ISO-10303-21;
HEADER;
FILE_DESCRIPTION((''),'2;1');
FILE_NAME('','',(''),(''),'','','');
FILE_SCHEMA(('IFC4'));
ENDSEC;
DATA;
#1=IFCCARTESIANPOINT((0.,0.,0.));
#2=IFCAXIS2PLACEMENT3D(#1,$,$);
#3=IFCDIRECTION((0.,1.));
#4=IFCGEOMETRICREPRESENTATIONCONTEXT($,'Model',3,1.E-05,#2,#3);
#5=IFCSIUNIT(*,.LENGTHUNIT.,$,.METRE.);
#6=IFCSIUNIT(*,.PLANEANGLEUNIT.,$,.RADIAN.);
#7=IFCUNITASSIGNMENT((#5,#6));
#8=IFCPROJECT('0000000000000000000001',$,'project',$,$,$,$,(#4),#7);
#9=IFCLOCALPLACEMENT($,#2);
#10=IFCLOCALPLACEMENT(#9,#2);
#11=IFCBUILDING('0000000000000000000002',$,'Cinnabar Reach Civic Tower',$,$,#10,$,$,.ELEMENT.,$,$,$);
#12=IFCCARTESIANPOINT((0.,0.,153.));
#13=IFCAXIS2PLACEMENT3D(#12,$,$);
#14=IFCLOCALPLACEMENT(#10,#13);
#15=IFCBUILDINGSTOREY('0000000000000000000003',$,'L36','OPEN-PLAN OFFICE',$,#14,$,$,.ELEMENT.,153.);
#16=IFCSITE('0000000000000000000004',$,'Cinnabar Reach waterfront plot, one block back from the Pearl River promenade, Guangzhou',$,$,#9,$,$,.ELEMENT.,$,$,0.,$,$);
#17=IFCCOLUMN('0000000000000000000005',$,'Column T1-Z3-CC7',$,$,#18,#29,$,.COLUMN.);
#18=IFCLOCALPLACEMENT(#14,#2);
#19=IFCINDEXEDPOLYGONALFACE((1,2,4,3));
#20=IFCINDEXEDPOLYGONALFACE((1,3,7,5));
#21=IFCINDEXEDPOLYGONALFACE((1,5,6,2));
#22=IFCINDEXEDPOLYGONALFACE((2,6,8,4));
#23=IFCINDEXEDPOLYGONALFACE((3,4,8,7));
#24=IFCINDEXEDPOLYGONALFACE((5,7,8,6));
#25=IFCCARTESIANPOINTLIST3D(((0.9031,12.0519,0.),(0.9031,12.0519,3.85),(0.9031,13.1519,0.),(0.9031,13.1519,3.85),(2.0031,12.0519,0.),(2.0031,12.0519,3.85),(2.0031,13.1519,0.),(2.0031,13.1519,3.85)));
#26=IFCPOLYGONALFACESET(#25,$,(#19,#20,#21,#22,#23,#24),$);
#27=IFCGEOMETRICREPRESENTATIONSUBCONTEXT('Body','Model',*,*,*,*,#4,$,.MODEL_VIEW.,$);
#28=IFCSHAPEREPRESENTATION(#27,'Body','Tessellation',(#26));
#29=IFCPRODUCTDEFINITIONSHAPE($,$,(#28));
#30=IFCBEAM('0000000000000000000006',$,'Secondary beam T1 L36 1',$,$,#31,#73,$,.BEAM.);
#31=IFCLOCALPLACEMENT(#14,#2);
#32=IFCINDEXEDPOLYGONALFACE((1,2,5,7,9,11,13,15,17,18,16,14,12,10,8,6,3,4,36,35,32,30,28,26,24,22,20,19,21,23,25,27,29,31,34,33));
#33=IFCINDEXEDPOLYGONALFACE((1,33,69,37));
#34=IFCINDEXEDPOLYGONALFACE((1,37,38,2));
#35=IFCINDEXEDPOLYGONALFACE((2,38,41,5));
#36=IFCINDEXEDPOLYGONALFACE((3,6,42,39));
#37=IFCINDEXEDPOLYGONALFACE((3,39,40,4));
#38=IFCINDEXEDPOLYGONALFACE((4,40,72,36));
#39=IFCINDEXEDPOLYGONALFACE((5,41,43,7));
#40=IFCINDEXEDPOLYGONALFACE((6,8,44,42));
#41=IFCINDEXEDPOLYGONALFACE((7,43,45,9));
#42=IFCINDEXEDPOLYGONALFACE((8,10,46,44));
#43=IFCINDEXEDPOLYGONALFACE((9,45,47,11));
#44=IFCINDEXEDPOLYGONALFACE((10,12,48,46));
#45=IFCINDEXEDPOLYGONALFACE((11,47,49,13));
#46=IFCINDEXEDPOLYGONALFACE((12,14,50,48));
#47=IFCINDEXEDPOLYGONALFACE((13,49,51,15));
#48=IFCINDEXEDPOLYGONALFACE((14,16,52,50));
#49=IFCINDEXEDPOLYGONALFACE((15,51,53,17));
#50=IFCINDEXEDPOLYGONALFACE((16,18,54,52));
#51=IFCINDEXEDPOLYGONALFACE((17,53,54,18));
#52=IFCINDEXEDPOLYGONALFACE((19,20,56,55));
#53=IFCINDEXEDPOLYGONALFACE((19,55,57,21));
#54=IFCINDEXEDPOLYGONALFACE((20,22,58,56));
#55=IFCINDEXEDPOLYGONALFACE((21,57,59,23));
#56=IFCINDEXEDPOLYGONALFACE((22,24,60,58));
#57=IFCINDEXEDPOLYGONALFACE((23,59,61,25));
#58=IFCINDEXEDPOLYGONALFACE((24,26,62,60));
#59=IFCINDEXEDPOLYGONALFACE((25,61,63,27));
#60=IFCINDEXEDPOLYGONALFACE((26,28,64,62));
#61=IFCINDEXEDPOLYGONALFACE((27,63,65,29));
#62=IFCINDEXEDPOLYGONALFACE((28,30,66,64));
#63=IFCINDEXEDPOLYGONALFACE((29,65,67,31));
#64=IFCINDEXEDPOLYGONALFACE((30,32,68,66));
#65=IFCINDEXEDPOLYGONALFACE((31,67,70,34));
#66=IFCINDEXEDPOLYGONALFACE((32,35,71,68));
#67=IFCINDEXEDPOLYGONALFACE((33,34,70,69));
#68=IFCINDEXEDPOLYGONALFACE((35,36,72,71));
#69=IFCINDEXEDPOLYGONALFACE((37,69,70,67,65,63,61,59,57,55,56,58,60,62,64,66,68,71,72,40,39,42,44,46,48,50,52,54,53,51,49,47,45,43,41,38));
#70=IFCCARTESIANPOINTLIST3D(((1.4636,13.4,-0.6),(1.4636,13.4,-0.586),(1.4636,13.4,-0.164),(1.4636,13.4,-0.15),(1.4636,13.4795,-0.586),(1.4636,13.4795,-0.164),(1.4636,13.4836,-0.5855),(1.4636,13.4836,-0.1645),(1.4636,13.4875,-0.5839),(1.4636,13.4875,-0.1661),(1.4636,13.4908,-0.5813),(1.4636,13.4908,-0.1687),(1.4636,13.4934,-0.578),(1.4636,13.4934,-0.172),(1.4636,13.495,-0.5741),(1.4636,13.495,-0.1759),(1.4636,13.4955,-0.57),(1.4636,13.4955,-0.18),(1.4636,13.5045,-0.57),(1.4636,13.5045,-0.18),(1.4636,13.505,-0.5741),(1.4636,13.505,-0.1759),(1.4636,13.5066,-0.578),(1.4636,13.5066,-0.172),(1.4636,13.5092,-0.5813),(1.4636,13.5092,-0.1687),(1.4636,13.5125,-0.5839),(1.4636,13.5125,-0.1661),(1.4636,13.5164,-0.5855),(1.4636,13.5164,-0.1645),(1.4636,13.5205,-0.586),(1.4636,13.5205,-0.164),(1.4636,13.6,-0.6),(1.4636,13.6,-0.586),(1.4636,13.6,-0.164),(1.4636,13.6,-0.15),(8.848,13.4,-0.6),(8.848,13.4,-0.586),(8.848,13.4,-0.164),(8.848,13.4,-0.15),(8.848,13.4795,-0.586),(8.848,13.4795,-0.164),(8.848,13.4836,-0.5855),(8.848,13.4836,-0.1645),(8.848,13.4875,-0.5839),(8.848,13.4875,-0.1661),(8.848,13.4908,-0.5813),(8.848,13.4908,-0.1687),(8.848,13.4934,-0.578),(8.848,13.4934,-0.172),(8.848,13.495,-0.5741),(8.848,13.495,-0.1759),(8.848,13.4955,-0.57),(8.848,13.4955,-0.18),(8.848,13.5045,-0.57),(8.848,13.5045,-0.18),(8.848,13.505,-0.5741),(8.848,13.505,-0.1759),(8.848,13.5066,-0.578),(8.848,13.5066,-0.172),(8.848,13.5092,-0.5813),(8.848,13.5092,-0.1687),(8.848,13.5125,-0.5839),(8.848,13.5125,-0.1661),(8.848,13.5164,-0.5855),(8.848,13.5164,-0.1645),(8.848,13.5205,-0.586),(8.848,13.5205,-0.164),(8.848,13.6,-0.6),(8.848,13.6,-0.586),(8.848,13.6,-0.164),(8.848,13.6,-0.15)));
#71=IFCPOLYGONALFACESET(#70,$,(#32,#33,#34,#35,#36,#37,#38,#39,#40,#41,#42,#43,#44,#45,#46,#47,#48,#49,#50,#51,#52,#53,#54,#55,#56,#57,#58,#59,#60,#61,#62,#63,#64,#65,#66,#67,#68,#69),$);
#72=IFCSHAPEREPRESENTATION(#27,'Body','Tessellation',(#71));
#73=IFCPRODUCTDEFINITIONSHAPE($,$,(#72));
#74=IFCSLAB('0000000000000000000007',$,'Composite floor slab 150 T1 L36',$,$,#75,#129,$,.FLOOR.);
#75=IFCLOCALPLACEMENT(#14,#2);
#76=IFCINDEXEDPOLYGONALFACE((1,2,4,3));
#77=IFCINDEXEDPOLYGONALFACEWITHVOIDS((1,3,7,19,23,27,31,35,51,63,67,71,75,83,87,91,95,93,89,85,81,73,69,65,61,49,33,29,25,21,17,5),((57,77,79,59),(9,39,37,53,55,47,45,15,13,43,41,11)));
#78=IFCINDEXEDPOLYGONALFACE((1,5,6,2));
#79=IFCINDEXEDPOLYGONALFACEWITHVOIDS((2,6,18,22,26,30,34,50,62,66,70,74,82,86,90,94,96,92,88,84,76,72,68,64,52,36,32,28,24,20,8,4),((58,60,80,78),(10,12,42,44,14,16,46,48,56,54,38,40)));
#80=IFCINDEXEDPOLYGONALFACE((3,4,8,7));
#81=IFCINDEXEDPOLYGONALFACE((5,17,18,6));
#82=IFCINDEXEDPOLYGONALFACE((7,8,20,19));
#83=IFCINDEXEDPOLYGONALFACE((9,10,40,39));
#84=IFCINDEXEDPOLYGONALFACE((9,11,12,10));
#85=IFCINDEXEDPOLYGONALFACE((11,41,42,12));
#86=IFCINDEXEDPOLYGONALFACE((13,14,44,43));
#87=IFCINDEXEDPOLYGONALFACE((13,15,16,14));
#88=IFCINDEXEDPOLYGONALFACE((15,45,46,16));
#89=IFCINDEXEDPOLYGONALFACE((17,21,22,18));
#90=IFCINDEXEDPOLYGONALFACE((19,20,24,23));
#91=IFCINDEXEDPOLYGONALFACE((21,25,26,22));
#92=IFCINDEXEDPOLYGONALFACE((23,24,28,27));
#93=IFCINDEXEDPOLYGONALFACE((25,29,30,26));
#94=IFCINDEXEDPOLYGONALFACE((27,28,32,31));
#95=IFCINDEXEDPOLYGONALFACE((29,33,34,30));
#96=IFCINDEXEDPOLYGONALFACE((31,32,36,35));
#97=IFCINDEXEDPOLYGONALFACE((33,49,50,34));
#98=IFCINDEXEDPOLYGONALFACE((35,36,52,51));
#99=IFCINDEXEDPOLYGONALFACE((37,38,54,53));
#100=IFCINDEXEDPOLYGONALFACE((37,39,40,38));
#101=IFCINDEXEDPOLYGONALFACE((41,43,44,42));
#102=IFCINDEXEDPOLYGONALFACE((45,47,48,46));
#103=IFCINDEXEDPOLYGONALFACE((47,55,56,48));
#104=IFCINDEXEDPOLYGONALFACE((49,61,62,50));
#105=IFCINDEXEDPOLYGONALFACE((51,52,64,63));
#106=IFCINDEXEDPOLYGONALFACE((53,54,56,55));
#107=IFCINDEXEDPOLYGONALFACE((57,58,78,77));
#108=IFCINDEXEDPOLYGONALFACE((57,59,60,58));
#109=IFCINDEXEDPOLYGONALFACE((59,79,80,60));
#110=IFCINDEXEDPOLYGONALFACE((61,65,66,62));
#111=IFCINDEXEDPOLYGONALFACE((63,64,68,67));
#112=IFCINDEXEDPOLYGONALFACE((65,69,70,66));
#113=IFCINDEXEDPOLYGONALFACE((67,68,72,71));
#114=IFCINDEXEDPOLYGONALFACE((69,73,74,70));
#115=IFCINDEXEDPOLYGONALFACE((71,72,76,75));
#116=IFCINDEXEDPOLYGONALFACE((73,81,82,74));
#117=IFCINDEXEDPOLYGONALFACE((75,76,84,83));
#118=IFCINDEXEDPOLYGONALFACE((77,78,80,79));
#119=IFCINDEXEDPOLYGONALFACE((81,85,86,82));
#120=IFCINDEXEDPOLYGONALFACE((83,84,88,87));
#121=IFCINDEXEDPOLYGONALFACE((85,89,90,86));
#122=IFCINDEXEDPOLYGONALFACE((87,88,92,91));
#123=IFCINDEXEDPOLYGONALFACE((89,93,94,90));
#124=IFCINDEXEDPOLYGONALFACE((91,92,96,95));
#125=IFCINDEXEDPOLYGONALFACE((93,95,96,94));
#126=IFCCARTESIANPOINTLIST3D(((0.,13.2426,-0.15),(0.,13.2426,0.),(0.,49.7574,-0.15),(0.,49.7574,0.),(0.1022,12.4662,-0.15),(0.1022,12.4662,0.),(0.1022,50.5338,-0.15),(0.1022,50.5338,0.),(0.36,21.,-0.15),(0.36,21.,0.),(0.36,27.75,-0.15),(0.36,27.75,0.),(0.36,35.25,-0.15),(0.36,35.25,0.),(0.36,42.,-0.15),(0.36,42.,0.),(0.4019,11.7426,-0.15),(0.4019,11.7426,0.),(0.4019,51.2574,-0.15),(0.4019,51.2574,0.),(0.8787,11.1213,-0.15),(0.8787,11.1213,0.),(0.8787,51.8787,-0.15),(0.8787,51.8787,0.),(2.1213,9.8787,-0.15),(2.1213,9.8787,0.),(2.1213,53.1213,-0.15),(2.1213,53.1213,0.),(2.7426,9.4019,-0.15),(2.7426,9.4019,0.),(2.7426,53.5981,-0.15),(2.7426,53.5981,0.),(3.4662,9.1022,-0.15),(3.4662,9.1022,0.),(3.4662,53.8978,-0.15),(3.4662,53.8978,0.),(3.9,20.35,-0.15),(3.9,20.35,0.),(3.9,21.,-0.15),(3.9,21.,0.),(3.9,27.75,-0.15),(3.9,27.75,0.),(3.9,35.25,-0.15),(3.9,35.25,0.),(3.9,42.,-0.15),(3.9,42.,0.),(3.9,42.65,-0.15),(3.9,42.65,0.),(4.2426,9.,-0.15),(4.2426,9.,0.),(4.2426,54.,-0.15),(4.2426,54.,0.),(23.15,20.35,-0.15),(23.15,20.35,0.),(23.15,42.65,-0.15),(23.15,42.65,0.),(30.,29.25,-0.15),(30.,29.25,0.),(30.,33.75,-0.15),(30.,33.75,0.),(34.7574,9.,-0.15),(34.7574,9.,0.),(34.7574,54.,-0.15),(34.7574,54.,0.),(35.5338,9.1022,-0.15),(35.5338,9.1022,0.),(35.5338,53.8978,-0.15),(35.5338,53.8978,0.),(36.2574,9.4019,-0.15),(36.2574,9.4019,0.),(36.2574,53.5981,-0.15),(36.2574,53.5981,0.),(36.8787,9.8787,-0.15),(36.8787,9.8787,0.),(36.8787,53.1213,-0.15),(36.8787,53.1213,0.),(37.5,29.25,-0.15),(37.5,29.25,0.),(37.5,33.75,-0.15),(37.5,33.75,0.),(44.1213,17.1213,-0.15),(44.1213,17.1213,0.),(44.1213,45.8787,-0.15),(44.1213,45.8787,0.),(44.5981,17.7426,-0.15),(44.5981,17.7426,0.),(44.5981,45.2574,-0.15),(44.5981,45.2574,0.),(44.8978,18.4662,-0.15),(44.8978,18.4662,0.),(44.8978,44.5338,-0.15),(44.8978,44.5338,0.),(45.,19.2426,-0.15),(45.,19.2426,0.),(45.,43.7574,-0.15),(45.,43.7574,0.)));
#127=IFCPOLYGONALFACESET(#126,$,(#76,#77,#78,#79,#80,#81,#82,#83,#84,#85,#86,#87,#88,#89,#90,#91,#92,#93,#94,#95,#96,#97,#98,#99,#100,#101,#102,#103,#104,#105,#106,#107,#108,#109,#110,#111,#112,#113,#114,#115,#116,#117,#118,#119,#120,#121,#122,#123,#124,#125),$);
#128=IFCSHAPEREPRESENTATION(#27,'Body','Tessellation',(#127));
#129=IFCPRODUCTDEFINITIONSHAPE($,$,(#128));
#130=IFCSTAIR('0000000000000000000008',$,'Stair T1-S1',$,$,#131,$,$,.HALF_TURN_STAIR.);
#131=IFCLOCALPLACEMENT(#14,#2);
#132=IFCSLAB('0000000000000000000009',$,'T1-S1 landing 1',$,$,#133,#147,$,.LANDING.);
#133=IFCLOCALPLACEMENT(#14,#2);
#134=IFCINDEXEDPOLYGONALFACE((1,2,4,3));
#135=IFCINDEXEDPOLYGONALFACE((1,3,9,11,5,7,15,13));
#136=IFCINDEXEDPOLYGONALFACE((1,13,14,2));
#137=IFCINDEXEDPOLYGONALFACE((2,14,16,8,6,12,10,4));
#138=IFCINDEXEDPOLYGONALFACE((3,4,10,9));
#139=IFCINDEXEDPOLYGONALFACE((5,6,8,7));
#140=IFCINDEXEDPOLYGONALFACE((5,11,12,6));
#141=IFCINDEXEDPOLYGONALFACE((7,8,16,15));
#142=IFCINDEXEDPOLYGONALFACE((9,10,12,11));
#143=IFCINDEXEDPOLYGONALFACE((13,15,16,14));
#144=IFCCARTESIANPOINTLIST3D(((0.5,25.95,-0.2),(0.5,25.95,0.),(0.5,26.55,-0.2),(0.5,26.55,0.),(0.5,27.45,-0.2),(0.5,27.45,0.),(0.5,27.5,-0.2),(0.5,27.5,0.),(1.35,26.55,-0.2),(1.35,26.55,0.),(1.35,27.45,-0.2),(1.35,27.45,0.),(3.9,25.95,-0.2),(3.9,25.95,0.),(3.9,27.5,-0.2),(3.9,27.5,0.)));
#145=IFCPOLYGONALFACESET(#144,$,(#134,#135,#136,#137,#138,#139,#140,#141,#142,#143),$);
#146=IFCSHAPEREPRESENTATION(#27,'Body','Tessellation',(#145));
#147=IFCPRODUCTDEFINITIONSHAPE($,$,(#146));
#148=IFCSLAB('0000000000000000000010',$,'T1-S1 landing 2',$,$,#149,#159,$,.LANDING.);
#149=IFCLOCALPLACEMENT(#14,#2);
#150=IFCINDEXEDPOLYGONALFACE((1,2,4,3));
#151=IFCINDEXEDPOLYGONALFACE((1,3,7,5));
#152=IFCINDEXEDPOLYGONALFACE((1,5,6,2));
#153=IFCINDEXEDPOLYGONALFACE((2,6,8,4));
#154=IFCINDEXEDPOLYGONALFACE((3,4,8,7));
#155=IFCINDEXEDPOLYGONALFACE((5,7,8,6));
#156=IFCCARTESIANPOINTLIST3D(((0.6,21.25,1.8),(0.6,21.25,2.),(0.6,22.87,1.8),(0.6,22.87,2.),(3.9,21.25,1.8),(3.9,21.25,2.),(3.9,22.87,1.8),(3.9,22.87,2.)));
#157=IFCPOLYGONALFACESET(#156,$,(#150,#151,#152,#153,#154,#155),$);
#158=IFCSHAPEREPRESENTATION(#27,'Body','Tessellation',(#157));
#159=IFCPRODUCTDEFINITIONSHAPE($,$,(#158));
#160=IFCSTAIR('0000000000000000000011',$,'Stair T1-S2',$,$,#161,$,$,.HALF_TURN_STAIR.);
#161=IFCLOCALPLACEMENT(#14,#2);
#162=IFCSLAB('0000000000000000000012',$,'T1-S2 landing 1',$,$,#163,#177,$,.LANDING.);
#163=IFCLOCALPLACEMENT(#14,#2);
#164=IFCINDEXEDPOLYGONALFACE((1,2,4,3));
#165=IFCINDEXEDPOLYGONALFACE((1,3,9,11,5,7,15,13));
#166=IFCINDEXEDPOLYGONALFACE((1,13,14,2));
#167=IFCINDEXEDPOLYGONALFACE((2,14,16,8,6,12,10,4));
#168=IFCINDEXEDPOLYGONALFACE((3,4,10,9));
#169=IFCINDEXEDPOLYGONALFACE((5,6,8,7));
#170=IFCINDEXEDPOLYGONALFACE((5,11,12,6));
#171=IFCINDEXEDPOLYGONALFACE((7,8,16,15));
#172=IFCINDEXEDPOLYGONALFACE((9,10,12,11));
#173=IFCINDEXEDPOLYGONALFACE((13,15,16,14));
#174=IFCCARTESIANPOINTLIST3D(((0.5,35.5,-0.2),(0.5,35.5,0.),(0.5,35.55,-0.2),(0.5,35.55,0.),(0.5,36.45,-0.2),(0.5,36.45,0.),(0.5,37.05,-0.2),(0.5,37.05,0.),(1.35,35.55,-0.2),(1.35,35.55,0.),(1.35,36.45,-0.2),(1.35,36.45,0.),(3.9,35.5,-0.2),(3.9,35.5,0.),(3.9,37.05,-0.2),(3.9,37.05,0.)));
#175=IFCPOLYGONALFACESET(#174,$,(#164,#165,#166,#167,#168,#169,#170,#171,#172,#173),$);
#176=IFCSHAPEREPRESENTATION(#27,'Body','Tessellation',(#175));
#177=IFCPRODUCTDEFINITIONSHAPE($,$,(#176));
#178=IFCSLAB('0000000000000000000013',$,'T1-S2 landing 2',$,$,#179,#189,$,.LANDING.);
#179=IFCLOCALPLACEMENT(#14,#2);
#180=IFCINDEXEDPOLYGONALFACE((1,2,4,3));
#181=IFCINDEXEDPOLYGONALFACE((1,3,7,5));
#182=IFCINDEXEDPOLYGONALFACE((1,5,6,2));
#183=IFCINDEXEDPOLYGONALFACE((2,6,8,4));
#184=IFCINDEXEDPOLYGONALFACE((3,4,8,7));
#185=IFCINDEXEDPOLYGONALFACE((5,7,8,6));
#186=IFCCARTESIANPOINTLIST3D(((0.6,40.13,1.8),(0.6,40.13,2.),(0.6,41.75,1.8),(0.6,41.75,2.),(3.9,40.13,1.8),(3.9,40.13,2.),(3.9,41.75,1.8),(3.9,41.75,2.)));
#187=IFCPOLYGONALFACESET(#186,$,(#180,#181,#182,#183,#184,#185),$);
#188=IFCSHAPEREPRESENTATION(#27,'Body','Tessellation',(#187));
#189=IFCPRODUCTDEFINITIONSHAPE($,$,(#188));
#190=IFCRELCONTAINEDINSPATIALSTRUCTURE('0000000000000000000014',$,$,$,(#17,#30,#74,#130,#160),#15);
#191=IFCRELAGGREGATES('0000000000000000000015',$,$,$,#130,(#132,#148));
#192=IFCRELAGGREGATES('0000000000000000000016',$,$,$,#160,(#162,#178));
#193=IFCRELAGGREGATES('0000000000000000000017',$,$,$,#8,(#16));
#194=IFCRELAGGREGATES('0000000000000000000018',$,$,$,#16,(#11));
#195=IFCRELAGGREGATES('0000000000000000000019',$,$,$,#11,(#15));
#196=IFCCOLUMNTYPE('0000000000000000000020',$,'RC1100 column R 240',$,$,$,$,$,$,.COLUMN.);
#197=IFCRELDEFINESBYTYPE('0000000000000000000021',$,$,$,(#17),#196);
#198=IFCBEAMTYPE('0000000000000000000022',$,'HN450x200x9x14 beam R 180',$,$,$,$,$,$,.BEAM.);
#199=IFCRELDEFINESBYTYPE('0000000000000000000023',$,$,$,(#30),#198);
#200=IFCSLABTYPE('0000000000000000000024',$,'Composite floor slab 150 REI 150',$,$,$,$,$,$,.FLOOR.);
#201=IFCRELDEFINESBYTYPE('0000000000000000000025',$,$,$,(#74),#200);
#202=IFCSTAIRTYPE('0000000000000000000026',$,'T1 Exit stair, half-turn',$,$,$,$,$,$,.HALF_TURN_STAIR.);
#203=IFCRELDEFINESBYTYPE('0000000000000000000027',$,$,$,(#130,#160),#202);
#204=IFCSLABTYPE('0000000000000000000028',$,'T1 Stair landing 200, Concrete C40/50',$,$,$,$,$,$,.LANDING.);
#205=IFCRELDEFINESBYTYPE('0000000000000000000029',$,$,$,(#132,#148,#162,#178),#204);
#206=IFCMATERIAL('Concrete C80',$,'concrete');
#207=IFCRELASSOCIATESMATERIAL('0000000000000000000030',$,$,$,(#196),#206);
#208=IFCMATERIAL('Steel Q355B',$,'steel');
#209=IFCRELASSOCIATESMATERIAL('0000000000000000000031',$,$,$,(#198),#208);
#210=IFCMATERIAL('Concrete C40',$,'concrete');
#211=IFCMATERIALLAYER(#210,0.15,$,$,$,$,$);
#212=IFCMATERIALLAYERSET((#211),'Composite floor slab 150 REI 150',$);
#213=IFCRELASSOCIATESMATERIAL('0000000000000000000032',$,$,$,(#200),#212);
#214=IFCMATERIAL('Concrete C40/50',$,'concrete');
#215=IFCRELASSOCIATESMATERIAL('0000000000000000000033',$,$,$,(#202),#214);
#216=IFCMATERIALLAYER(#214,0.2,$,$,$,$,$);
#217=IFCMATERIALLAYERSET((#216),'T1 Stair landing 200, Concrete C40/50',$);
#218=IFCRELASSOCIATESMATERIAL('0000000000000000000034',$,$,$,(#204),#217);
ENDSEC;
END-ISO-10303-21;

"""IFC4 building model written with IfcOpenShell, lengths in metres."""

from ifc_helpers import new_model, si_unit, direction, frame, origin, origin_2d, place, context, subcontext, project, spatial, polyline, rectangle, i_section, outline, extrude, material, layer, layer_set, material_profile, profile_set, type_object, element, aggregate, save


model = new_model("IFC4")

# Units and contexts
model_context = context("Model", 3, precision=1e-05, world=origin(), true_north=direction((0.0, 1.0)))
body_context = subcontext(model_context, "Body", "Model", "MODEL_VIEW")
ifc_project = project(units=[si_unit("LENGTHUNIT", "METRE"), si_unit("PLANEANGLEUNIT", "RADIAN")], contexts=[model_context])

# Site, building, storey
site_placement = place(None, origin())
site = spatial("IfcSite", under=ifc_project, at=site_placement, Name="Cinnabar Reach waterfront plot, one block back from the Pearl River promenade, Guangzhou", CompositionType="ELEMENT", RefElevation=0.0)
building_placement = place(site_placement, origin())
building = spatial("IfcBuilding", under=site, at=building_placement, Name="Cinnabar Reach Civic Tower", CompositionType="ELEMENT")
storey_placement = place(building_placement, frame((0.0, 0.0, 153.0)))
storey = spatial("IfcBuildingStorey", under=building, at=storey_placement, Name="L36", Description="OPEN-PLAN OFFICE", CompositionType="ELEMENT", Elevation=153.0)

# Column
ifc_material_1 = material(Name="Concrete C80", Category="concrete")
ifc_material_profile_1 = material_profile(ifc_material_1, rectangle(XDim=1.1, YDim=1.1, at=origin_2d()), Name="RC1100")
ifc_profile_set_1 = profile_set([ifc_material_profile_1], Name="Concrete C80")
column_type = type_object("IfcColumnType", Name="RC1100 column R 240", PredefinedType="COLUMN", material=ifc_profile_set_1)
column_placement = place(storey_placement, frame((1.4531, 12.6019, 0.0), z_axis=(0.0, 0.0, 1.0), x_axis=(1.0, 0.0, 0.0)))
element("IfcColumn", 1, at=column_placement, inside=storey, type_object=column_type, Name="Column T1-Z3-CC7", PredefinedType="COLUMN", context=body_context, shape_type="SweptSolid", body=[
    extrude(rectangle(XDim=1.1, YDim=1.1, at=origin_2d()), origin(), (0.0, 0.0, 1.0), 3.85),
])

# Beam
ifc_material_2 = material(Name="Steel Q355B", Category="steel")
ifc_material_profile_2 = material_profile(ifc_material_2, i_section(OverallWidth=0.2, OverallDepth=0.45, WebThickness=0.009, FlangeThickness=0.014, FilletRadius=0.016, at=origin_2d()), Name="HN450x200x9x14")
ifc_profile_set_2 = profile_set([ifc_material_profile_2], Name="Steel Q355B")
beam_type = type_object("IfcBeamType", Name="HN450x200x9x14 beam R 180", PredefinedType="BEAM", material=ifc_profile_set_2)
beam_placement = place(storey_placement, frame((1.4636, 13.5, -0.375), z_axis=(1.0, 0.0, 0.0), x_axis=(0.0, 1.0, 0.0)))
element("IfcBeam", 2, at=beam_placement, inside=storey, type_object=beam_type, Name="Secondary beam T1 L36 1", PredefinedType="BEAM", context=body_context, shape_type="SweptSolid", body=[
    extrude(i_section(OverallWidth=0.2, OverallDepth=0.45, WebThickness=0.009, FlangeThickness=0.014, FilletRadius=0.016, at=origin_2d()), origin(), (0.0, 0.0, 1.0), 7.3844),
])

# Slab
ifc_material_3 = material(Name="Concrete C40", Category="concrete")
ifc_layer_1 = layer(ifc_material_3, 0.15)
ifc_layer_set_1 = layer_set([ifc_layer_1], Name="Composite floor slab 150 REI 150")
slab_type_1 = type_object("IfcSlabType", Name="Composite floor slab 150 REI 150", PredefinedType="FLOOR", material=ifc_layer_set_1)
slab_1_placement = place(storey_placement, frame((0.0, 0.0, -0.15)))
element("IfcSlab", 3, at=slab_1_placement, inside=storey, type_object=slab_type_1, Name="Composite floor slab 150 T1 L36", PredefinedType="FLOOR", context=body_context, shape_type="SweptSolid", body=[
    extrude(outline(polyline([(0.8787, 11.1213), (0.4019, 11.7426), (0.1022, 12.4662), (0.0, 13.2426), (0.0, 49.7574), (0.1022, 50.5338), (0.4019, 51.2574), (0.8787, 51.8787), (2.1213, 53.1213), (2.7426, 53.5981), (3.4662, 53.8978), (4.2426, 54.0), (34.7574, 54.0), (35.5338, 53.8978), (36.2574, 53.5981), (36.8787, 53.1213), (44.1213, 45.8787), (44.5981, 45.2574), (44.8978, 44.5338), (45.0, 43.7574), (45.0, 19.2426), (44.8978, 18.4662), (44.5981, 17.7426), (44.1213, 17.1213), (36.8787, 9.8787), (36.2574, 9.4019), (35.5338, 9.1022), (34.7574, 9.0), (4.2426, 9.0), (3.4662, 9.1022), (2.7426, 9.4019), (2.1213, 9.8787), (0.8787, 11.1213)]), holes=[polyline([(0.36, 21.0), (3.9, 21.0), (3.9, 20.35), (23.15, 20.35), (23.15, 42.65), (3.9, 42.65), (3.9, 42.0), (0.36, 42.0), (0.36, 35.25), (3.9, 35.25), (3.9, 27.75), (0.36, 27.75), (0.36, 21.0)]), polyline([(30.0, 33.75), (30.0, 29.25), (37.5, 29.25), (37.5, 33.75), (30.0, 33.75)])]), origin(), (0.0, 0.0, 1.0), 0.15),
])

# Stairs, slabs
ifc_material_4 = material(Name="Concrete C40/50", Category="concrete")
stair_type = type_object("IfcStairType", Name="T1 Exit stair, half-turn", PredefinedType="HALF_TURN_STAIR", material=ifc_material_4)
stair_1_placement = place(storey_placement, origin())
stair_1 = element("IfcStair", 4, at=stair_1_placement, inside=storey, type_object=stair_type, Name="Stair T1-S1", PredefinedType="HALF_TURN_STAIR")
ifc_layer_2 = layer(ifc_material_4, 0.2)
ifc_layer_set_2 = layer_set([ifc_layer_2], Name="T1 Stair landing 200, Concrete C40/50")
slab_type_2 = type_object("IfcSlabType", Name="T1 Stair landing 200, Concrete C40/50", PredefinedType="LANDING", material=ifc_layer_set_2)
slab_2_placement = place(storey_placement, frame((0.0, 0.0, -0.2)))
slab_2 = element("IfcSlab", 5, at=slab_2_placement, type_object=slab_type_2, Name="T1-S1 landing 1", PredefinedType="LANDING", context=body_context, shape_type="SweptSolid", body=[
    extrude(outline(polyline([(0.5, 27.5), (3.9, 27.5), (3.9, 25.95), (0.5, 25.95), (0.5, 26.55), (1.35, 26.55), (1.35, 27.45), (0.5, 27.45), (0.5, 27.5)])), origin(), (0.0, 0.0, 1.0), 0.2),
])
slab_3_placement = place(storey_placement, frame((0.0, 0.0, 1.8)))
slab_3 = element("IfcSlab", 6, at=slab_3_placement, type_object=slab_type_2, Name="T1-S1 landing 2", PredefinedType="LANDING", context=body_context, shape_type="SweptSolid", body=[
    extrude(outline(polyline([(0.6, 21.25), (0.6, 22.87), (3.9, 22.87), (3.9, 21.25), (0.6, 21.25)])), origin(), (0.0, 0.0, 1.0), 0.2),
])
aggregate(stair_1, [slab_2, slab_3])
stair_2_placement = place(storey_placement, origin())
stair_2 = element("IfcStair", 7, at=stair_2_placement, inside=storey, type_object=stair_type, Name="Stair T1-S2", PredefinedType="HALF_TURN_STAIR")
slab_4_placement = place(storey_placement, frame((0.0, 0.0, -0.2)))
slab_4 = element("IfcSlab", 8, at=slab_4_placement, type_object=slab_type_2, Name="T1-S2 landing 1", PredefinedType="LANDING", context=body_context, shape_type="SweptSolid", body=[
    extrude(outline(polyline([(0.5, 37.05), (3.9, 37.05), (3.9, 35.5), (0.5, 35.5), (0.5, 35.55), (1.35, 35.55), (1.35, 36.45), (0.5, 36.45), (0.5, 37.05)])), origin(), (0.0, 0.0, 1.0), 0.2),
])
slab_5_placement = place(storey_placement, frame((0.0, 0.0, 1.8)))
slab_5 = element("IfcSlab", 9, at=slab_5_placement, type_object=slab_type_2, Name="T1-S2 landing 2", PredefinedType="LANDING", context=body_context, shape_type="SweptSolid", body=[
    extrude(outline(polyline([(0.6, 40.13), (0.6, 41.75), (3.9, 41.75), (3.9, 40.13), (0.6, 40.13)])), origin(), (0.0, 0.0, 1.0), 0.2),
])
aggregate(stair_2, [slab_4, slab_5])

save(model, "model.ifc")
